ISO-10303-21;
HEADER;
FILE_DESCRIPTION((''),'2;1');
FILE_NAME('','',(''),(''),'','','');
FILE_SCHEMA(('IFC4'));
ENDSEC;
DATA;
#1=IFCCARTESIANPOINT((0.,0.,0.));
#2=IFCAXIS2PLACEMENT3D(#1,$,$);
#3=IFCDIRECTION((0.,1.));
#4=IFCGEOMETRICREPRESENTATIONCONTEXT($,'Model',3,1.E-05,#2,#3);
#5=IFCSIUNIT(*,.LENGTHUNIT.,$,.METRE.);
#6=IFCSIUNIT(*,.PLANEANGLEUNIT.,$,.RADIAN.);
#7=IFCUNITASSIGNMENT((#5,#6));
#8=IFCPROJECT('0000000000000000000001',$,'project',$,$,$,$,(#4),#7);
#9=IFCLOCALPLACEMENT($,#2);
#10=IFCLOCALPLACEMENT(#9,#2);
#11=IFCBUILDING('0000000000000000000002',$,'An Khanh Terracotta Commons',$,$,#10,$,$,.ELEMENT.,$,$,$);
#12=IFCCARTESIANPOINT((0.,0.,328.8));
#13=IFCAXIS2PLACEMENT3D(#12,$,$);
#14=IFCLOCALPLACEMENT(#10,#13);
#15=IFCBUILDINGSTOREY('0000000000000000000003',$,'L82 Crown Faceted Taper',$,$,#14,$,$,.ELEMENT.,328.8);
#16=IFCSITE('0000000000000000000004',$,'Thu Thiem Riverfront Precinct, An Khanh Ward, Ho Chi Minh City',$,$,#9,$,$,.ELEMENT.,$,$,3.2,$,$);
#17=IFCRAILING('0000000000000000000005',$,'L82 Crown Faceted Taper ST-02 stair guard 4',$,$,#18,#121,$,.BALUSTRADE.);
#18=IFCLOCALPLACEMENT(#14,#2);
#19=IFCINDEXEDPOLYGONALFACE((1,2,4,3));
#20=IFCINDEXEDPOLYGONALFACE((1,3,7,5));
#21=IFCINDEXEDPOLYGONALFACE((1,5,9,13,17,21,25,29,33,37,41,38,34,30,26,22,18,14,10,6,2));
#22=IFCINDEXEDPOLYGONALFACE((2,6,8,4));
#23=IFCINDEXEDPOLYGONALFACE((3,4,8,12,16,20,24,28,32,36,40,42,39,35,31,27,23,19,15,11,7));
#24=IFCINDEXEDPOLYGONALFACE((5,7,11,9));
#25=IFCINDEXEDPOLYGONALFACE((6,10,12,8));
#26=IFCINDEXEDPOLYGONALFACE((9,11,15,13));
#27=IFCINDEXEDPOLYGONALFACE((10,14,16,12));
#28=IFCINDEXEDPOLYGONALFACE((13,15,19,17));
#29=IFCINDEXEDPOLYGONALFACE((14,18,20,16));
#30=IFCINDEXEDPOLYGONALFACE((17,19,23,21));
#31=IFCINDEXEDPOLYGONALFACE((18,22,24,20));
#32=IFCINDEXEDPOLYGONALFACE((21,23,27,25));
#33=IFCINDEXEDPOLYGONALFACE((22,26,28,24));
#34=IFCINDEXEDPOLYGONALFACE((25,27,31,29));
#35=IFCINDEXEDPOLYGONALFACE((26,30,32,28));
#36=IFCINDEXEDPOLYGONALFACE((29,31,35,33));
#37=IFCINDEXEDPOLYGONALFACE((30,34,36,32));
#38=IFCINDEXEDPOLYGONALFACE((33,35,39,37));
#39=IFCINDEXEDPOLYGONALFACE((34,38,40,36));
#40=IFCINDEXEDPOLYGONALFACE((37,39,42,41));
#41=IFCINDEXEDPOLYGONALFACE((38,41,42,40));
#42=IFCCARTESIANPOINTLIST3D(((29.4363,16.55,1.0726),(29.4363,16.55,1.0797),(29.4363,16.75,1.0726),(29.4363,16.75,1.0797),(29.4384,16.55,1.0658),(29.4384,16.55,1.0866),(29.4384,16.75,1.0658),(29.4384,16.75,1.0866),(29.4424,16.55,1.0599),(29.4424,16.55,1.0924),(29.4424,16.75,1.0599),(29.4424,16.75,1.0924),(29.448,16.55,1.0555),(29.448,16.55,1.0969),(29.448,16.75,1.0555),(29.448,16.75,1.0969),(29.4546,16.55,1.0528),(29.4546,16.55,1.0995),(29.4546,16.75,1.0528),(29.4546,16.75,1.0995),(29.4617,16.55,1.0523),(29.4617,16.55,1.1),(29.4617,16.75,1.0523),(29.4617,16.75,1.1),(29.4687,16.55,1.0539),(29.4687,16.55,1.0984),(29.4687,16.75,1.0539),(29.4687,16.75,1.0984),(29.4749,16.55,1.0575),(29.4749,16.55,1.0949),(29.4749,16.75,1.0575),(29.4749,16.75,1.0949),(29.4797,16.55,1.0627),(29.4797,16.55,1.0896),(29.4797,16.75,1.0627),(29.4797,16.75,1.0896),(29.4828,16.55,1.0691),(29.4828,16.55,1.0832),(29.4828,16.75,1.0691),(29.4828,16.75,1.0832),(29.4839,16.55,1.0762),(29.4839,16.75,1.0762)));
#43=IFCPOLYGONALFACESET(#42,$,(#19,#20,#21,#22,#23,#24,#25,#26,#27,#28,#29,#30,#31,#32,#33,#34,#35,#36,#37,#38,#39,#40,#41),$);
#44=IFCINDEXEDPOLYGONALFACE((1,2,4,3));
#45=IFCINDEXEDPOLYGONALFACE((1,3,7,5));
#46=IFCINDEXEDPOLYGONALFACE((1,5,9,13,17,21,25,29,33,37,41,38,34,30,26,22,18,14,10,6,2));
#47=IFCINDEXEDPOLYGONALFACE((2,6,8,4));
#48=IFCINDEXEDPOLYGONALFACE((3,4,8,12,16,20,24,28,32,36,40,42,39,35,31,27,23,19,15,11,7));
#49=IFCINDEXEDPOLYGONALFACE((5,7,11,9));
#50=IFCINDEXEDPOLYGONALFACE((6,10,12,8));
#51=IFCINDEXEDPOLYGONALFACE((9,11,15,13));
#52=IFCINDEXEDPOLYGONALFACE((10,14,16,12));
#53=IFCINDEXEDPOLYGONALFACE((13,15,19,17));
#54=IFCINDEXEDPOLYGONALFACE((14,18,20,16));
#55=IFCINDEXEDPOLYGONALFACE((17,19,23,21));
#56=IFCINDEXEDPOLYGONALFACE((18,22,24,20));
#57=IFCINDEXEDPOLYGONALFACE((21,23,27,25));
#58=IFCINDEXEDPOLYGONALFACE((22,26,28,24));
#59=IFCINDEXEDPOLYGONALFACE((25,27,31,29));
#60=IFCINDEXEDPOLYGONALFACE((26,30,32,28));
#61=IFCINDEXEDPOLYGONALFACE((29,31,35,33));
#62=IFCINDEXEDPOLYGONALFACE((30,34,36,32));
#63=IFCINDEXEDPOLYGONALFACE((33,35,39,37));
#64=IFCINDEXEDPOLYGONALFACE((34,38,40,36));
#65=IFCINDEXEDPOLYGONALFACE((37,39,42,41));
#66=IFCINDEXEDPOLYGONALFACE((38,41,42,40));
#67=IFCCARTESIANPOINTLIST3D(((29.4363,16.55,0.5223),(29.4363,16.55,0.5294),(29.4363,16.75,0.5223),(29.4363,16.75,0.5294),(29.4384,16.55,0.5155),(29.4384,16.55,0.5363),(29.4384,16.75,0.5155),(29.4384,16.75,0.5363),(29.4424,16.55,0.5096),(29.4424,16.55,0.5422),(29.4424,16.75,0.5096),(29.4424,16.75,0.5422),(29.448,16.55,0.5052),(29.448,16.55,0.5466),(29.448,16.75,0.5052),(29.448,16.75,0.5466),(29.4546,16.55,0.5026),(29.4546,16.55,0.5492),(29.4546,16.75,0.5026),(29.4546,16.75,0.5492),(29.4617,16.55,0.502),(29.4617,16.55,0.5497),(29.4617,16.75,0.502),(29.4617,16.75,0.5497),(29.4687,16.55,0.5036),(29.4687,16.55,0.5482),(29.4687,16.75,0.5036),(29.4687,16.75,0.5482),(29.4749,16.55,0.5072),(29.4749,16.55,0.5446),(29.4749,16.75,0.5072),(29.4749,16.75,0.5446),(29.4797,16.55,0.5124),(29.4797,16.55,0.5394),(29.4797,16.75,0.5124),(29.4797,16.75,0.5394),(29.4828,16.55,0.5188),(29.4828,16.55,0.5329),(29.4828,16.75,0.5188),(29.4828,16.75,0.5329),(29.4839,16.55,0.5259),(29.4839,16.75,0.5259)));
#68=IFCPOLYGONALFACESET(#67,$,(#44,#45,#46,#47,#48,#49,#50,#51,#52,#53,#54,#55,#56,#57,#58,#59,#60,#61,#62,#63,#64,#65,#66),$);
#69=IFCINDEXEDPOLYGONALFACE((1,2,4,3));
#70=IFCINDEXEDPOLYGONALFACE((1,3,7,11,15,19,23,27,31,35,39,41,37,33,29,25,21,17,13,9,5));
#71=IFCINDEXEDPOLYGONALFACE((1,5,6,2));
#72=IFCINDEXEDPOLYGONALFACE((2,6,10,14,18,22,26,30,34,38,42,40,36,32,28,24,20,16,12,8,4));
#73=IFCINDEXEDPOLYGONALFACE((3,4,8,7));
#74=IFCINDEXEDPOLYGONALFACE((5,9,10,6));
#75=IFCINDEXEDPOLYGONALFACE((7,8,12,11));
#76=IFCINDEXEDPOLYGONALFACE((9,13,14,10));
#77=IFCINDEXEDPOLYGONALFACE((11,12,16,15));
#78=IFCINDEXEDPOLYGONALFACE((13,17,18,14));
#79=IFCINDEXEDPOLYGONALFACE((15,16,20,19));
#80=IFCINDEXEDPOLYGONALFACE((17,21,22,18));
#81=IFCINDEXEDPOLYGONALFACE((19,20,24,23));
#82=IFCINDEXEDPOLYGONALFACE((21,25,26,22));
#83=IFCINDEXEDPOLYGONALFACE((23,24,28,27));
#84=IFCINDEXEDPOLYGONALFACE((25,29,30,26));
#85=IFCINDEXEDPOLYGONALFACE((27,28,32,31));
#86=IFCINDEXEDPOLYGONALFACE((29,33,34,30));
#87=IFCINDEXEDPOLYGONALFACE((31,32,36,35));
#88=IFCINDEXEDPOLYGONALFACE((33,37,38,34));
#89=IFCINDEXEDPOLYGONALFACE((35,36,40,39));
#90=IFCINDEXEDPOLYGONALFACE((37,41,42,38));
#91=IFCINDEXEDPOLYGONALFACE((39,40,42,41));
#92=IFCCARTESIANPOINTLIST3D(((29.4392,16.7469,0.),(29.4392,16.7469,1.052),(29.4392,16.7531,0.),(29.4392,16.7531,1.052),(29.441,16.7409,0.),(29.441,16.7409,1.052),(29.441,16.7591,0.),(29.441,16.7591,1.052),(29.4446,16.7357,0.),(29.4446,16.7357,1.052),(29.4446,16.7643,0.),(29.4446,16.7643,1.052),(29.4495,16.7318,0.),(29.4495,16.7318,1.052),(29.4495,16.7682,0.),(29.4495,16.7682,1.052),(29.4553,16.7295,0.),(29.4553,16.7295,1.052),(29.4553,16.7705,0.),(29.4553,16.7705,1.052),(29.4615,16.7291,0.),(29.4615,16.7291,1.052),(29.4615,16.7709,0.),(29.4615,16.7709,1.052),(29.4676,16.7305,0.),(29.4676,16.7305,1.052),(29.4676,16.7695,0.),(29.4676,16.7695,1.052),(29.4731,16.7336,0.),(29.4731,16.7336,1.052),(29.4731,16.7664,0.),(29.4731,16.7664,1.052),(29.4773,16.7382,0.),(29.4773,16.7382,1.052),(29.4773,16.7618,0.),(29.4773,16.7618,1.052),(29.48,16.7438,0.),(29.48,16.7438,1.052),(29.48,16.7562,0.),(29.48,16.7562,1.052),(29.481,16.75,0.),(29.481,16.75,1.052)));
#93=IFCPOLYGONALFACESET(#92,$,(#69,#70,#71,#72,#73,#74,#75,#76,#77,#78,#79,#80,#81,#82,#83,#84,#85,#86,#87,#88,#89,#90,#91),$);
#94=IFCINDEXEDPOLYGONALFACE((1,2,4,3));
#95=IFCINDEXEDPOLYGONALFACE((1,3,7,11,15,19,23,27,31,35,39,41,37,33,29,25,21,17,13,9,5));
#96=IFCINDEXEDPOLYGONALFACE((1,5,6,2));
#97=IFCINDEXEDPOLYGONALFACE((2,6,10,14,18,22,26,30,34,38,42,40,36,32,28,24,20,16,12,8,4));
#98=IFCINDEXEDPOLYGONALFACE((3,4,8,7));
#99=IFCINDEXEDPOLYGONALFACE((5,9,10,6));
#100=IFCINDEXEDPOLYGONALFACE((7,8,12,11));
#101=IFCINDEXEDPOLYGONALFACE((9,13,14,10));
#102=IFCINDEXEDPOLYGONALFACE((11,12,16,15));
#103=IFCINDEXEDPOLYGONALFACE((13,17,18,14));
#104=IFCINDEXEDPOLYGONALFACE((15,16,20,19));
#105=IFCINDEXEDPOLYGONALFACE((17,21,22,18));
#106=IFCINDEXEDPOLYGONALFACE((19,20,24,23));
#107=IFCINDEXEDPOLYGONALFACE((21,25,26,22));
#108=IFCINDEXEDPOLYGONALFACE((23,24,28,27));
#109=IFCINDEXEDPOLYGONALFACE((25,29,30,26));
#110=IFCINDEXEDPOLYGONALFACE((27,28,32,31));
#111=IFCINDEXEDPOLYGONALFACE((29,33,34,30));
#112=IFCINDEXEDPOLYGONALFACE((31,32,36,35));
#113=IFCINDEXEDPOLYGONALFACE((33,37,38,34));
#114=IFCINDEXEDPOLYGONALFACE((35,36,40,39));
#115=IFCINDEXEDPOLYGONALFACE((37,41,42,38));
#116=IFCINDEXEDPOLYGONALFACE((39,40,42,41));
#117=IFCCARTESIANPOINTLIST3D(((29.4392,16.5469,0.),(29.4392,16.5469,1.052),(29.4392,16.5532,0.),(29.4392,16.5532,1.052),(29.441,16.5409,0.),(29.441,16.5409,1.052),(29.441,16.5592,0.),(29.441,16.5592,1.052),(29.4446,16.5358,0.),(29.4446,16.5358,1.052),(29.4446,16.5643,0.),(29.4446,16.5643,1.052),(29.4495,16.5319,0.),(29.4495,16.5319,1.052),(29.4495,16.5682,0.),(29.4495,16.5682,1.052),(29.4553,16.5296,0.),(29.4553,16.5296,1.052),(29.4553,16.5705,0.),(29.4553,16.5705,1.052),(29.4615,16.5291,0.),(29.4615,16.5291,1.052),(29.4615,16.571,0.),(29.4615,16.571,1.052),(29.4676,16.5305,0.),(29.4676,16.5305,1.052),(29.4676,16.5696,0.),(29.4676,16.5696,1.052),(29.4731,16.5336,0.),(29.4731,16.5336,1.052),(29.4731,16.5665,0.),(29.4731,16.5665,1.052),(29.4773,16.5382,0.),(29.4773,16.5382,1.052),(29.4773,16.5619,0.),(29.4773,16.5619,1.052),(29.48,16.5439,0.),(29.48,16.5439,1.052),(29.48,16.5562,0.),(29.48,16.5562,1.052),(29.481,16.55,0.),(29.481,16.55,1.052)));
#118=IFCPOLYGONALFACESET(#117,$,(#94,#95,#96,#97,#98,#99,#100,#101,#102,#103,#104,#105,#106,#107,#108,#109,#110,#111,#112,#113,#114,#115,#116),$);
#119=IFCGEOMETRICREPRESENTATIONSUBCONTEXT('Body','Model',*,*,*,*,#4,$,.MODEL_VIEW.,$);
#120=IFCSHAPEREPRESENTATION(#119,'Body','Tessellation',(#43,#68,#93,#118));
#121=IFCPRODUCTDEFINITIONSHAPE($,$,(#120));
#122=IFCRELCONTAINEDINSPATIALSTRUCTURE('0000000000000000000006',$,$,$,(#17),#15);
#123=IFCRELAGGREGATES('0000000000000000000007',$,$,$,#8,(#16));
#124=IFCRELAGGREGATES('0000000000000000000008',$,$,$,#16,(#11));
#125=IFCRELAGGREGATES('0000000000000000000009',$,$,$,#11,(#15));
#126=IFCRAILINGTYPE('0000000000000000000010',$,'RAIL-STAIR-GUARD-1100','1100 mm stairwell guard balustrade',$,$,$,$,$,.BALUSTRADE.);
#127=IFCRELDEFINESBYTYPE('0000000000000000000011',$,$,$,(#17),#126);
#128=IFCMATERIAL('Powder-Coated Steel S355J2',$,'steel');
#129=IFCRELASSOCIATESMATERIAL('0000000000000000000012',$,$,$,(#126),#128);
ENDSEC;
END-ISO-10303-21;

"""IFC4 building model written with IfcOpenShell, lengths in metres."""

from ifc_helpers import new_model, si_unit, direction, frame, origin, origin_2d, place, context, subcontext, project, spatial, circle, extrude, material, type_object, element, save


model = new_model("IFC4")

# Units and contexts
model_context = context("Model", 3, precision=1e-05, world=origin(), true_north=direction((0.0, 1.0)))
body_context = subcontext(model_context, "Body", "Model", "MODEL_VIEW")
ifc_project = project(units=[si_unit("LENGTHUNIT", "METRE"), si_unit("PLANEANGLEUNIT", "RADIAN")], contexts=[model_context])

# Site, building, storey
site_placement = place(None, origin())
site = spatial("IfcSite", under=ifc_project, at=site_placement, Name="Thu Thiem Riverfront Precinct, An Khanh Ward, Ho Chi Minh City", CompositionType="ELEMENT", RefElevation=3.2)
building_placement = place(site_placement, origin())
building = spatial("IfcBuilding", under=site, at=building_placement, Name="An Khanh Terracotta Commons", CompositionType="ELEMENT")
storey_placement = place(building_placement, frame((0.0, 0.0, 328.8)))
storey = spatial("IfcBuildingStorey", under=building, at=storey_placement, Name="L82 Crown Faceted Taper", CompositionType="ELEMENT", Elevation=328.8)

# Railing
ifc_material_1 = material(Name="Powder-Coated Steel S355J2", Category="steel")
railing_type_1 = type_object("IfcRailingType", Name="RAIL-STAIR-GUARD-1100", Description="1100 mm stairwell guard balustrade", PredefinedType="BALUSTRADE", material=ifc_material_1)
railing_1_placement = place(storey_placement, frame((29.46, 16.75, 0.0)))
element("IfcRailing", 1, at=railing_1_placement, inside=storey, type_object=railing_type_1, Name="L82 Crown Faceted Taper ST-02 stair guard 4", PredefinedType="BALUSTRADE", context=body_context, shape_type="SweptSolid", body=[
    extrude(circle(Radius=0.0239, at=origin_2d()), frame((0.0, 0.0, 1.0762), z_axis=(0.0, -1.0, 0.0), x_axis=(1.0, 0.0, 0.0)), (0.0, 0.0, 1.0), 0.2),
    extrude(circle(Radius=0.0239, at=origin_2d()), frame((0.0, 0.0, 0.5259), z_axis=(0.0, -1.0, 0.0), x_axis=(1.0, 0.0, 0.0)), (0.0, 0.0, 1.0), 0.2),
    extrude(circle(Radius=0.021, at=origin_2d()), origin(), (0.0, 0.0, 1.0), 1.052),
    extrude(circle(Radius=0.021, at=origin_2d()), frame((0.0, -0.2, 0.0)), (0.0, 0.0, 1.0), 1.052),
])

save(model, "model.ifc")
